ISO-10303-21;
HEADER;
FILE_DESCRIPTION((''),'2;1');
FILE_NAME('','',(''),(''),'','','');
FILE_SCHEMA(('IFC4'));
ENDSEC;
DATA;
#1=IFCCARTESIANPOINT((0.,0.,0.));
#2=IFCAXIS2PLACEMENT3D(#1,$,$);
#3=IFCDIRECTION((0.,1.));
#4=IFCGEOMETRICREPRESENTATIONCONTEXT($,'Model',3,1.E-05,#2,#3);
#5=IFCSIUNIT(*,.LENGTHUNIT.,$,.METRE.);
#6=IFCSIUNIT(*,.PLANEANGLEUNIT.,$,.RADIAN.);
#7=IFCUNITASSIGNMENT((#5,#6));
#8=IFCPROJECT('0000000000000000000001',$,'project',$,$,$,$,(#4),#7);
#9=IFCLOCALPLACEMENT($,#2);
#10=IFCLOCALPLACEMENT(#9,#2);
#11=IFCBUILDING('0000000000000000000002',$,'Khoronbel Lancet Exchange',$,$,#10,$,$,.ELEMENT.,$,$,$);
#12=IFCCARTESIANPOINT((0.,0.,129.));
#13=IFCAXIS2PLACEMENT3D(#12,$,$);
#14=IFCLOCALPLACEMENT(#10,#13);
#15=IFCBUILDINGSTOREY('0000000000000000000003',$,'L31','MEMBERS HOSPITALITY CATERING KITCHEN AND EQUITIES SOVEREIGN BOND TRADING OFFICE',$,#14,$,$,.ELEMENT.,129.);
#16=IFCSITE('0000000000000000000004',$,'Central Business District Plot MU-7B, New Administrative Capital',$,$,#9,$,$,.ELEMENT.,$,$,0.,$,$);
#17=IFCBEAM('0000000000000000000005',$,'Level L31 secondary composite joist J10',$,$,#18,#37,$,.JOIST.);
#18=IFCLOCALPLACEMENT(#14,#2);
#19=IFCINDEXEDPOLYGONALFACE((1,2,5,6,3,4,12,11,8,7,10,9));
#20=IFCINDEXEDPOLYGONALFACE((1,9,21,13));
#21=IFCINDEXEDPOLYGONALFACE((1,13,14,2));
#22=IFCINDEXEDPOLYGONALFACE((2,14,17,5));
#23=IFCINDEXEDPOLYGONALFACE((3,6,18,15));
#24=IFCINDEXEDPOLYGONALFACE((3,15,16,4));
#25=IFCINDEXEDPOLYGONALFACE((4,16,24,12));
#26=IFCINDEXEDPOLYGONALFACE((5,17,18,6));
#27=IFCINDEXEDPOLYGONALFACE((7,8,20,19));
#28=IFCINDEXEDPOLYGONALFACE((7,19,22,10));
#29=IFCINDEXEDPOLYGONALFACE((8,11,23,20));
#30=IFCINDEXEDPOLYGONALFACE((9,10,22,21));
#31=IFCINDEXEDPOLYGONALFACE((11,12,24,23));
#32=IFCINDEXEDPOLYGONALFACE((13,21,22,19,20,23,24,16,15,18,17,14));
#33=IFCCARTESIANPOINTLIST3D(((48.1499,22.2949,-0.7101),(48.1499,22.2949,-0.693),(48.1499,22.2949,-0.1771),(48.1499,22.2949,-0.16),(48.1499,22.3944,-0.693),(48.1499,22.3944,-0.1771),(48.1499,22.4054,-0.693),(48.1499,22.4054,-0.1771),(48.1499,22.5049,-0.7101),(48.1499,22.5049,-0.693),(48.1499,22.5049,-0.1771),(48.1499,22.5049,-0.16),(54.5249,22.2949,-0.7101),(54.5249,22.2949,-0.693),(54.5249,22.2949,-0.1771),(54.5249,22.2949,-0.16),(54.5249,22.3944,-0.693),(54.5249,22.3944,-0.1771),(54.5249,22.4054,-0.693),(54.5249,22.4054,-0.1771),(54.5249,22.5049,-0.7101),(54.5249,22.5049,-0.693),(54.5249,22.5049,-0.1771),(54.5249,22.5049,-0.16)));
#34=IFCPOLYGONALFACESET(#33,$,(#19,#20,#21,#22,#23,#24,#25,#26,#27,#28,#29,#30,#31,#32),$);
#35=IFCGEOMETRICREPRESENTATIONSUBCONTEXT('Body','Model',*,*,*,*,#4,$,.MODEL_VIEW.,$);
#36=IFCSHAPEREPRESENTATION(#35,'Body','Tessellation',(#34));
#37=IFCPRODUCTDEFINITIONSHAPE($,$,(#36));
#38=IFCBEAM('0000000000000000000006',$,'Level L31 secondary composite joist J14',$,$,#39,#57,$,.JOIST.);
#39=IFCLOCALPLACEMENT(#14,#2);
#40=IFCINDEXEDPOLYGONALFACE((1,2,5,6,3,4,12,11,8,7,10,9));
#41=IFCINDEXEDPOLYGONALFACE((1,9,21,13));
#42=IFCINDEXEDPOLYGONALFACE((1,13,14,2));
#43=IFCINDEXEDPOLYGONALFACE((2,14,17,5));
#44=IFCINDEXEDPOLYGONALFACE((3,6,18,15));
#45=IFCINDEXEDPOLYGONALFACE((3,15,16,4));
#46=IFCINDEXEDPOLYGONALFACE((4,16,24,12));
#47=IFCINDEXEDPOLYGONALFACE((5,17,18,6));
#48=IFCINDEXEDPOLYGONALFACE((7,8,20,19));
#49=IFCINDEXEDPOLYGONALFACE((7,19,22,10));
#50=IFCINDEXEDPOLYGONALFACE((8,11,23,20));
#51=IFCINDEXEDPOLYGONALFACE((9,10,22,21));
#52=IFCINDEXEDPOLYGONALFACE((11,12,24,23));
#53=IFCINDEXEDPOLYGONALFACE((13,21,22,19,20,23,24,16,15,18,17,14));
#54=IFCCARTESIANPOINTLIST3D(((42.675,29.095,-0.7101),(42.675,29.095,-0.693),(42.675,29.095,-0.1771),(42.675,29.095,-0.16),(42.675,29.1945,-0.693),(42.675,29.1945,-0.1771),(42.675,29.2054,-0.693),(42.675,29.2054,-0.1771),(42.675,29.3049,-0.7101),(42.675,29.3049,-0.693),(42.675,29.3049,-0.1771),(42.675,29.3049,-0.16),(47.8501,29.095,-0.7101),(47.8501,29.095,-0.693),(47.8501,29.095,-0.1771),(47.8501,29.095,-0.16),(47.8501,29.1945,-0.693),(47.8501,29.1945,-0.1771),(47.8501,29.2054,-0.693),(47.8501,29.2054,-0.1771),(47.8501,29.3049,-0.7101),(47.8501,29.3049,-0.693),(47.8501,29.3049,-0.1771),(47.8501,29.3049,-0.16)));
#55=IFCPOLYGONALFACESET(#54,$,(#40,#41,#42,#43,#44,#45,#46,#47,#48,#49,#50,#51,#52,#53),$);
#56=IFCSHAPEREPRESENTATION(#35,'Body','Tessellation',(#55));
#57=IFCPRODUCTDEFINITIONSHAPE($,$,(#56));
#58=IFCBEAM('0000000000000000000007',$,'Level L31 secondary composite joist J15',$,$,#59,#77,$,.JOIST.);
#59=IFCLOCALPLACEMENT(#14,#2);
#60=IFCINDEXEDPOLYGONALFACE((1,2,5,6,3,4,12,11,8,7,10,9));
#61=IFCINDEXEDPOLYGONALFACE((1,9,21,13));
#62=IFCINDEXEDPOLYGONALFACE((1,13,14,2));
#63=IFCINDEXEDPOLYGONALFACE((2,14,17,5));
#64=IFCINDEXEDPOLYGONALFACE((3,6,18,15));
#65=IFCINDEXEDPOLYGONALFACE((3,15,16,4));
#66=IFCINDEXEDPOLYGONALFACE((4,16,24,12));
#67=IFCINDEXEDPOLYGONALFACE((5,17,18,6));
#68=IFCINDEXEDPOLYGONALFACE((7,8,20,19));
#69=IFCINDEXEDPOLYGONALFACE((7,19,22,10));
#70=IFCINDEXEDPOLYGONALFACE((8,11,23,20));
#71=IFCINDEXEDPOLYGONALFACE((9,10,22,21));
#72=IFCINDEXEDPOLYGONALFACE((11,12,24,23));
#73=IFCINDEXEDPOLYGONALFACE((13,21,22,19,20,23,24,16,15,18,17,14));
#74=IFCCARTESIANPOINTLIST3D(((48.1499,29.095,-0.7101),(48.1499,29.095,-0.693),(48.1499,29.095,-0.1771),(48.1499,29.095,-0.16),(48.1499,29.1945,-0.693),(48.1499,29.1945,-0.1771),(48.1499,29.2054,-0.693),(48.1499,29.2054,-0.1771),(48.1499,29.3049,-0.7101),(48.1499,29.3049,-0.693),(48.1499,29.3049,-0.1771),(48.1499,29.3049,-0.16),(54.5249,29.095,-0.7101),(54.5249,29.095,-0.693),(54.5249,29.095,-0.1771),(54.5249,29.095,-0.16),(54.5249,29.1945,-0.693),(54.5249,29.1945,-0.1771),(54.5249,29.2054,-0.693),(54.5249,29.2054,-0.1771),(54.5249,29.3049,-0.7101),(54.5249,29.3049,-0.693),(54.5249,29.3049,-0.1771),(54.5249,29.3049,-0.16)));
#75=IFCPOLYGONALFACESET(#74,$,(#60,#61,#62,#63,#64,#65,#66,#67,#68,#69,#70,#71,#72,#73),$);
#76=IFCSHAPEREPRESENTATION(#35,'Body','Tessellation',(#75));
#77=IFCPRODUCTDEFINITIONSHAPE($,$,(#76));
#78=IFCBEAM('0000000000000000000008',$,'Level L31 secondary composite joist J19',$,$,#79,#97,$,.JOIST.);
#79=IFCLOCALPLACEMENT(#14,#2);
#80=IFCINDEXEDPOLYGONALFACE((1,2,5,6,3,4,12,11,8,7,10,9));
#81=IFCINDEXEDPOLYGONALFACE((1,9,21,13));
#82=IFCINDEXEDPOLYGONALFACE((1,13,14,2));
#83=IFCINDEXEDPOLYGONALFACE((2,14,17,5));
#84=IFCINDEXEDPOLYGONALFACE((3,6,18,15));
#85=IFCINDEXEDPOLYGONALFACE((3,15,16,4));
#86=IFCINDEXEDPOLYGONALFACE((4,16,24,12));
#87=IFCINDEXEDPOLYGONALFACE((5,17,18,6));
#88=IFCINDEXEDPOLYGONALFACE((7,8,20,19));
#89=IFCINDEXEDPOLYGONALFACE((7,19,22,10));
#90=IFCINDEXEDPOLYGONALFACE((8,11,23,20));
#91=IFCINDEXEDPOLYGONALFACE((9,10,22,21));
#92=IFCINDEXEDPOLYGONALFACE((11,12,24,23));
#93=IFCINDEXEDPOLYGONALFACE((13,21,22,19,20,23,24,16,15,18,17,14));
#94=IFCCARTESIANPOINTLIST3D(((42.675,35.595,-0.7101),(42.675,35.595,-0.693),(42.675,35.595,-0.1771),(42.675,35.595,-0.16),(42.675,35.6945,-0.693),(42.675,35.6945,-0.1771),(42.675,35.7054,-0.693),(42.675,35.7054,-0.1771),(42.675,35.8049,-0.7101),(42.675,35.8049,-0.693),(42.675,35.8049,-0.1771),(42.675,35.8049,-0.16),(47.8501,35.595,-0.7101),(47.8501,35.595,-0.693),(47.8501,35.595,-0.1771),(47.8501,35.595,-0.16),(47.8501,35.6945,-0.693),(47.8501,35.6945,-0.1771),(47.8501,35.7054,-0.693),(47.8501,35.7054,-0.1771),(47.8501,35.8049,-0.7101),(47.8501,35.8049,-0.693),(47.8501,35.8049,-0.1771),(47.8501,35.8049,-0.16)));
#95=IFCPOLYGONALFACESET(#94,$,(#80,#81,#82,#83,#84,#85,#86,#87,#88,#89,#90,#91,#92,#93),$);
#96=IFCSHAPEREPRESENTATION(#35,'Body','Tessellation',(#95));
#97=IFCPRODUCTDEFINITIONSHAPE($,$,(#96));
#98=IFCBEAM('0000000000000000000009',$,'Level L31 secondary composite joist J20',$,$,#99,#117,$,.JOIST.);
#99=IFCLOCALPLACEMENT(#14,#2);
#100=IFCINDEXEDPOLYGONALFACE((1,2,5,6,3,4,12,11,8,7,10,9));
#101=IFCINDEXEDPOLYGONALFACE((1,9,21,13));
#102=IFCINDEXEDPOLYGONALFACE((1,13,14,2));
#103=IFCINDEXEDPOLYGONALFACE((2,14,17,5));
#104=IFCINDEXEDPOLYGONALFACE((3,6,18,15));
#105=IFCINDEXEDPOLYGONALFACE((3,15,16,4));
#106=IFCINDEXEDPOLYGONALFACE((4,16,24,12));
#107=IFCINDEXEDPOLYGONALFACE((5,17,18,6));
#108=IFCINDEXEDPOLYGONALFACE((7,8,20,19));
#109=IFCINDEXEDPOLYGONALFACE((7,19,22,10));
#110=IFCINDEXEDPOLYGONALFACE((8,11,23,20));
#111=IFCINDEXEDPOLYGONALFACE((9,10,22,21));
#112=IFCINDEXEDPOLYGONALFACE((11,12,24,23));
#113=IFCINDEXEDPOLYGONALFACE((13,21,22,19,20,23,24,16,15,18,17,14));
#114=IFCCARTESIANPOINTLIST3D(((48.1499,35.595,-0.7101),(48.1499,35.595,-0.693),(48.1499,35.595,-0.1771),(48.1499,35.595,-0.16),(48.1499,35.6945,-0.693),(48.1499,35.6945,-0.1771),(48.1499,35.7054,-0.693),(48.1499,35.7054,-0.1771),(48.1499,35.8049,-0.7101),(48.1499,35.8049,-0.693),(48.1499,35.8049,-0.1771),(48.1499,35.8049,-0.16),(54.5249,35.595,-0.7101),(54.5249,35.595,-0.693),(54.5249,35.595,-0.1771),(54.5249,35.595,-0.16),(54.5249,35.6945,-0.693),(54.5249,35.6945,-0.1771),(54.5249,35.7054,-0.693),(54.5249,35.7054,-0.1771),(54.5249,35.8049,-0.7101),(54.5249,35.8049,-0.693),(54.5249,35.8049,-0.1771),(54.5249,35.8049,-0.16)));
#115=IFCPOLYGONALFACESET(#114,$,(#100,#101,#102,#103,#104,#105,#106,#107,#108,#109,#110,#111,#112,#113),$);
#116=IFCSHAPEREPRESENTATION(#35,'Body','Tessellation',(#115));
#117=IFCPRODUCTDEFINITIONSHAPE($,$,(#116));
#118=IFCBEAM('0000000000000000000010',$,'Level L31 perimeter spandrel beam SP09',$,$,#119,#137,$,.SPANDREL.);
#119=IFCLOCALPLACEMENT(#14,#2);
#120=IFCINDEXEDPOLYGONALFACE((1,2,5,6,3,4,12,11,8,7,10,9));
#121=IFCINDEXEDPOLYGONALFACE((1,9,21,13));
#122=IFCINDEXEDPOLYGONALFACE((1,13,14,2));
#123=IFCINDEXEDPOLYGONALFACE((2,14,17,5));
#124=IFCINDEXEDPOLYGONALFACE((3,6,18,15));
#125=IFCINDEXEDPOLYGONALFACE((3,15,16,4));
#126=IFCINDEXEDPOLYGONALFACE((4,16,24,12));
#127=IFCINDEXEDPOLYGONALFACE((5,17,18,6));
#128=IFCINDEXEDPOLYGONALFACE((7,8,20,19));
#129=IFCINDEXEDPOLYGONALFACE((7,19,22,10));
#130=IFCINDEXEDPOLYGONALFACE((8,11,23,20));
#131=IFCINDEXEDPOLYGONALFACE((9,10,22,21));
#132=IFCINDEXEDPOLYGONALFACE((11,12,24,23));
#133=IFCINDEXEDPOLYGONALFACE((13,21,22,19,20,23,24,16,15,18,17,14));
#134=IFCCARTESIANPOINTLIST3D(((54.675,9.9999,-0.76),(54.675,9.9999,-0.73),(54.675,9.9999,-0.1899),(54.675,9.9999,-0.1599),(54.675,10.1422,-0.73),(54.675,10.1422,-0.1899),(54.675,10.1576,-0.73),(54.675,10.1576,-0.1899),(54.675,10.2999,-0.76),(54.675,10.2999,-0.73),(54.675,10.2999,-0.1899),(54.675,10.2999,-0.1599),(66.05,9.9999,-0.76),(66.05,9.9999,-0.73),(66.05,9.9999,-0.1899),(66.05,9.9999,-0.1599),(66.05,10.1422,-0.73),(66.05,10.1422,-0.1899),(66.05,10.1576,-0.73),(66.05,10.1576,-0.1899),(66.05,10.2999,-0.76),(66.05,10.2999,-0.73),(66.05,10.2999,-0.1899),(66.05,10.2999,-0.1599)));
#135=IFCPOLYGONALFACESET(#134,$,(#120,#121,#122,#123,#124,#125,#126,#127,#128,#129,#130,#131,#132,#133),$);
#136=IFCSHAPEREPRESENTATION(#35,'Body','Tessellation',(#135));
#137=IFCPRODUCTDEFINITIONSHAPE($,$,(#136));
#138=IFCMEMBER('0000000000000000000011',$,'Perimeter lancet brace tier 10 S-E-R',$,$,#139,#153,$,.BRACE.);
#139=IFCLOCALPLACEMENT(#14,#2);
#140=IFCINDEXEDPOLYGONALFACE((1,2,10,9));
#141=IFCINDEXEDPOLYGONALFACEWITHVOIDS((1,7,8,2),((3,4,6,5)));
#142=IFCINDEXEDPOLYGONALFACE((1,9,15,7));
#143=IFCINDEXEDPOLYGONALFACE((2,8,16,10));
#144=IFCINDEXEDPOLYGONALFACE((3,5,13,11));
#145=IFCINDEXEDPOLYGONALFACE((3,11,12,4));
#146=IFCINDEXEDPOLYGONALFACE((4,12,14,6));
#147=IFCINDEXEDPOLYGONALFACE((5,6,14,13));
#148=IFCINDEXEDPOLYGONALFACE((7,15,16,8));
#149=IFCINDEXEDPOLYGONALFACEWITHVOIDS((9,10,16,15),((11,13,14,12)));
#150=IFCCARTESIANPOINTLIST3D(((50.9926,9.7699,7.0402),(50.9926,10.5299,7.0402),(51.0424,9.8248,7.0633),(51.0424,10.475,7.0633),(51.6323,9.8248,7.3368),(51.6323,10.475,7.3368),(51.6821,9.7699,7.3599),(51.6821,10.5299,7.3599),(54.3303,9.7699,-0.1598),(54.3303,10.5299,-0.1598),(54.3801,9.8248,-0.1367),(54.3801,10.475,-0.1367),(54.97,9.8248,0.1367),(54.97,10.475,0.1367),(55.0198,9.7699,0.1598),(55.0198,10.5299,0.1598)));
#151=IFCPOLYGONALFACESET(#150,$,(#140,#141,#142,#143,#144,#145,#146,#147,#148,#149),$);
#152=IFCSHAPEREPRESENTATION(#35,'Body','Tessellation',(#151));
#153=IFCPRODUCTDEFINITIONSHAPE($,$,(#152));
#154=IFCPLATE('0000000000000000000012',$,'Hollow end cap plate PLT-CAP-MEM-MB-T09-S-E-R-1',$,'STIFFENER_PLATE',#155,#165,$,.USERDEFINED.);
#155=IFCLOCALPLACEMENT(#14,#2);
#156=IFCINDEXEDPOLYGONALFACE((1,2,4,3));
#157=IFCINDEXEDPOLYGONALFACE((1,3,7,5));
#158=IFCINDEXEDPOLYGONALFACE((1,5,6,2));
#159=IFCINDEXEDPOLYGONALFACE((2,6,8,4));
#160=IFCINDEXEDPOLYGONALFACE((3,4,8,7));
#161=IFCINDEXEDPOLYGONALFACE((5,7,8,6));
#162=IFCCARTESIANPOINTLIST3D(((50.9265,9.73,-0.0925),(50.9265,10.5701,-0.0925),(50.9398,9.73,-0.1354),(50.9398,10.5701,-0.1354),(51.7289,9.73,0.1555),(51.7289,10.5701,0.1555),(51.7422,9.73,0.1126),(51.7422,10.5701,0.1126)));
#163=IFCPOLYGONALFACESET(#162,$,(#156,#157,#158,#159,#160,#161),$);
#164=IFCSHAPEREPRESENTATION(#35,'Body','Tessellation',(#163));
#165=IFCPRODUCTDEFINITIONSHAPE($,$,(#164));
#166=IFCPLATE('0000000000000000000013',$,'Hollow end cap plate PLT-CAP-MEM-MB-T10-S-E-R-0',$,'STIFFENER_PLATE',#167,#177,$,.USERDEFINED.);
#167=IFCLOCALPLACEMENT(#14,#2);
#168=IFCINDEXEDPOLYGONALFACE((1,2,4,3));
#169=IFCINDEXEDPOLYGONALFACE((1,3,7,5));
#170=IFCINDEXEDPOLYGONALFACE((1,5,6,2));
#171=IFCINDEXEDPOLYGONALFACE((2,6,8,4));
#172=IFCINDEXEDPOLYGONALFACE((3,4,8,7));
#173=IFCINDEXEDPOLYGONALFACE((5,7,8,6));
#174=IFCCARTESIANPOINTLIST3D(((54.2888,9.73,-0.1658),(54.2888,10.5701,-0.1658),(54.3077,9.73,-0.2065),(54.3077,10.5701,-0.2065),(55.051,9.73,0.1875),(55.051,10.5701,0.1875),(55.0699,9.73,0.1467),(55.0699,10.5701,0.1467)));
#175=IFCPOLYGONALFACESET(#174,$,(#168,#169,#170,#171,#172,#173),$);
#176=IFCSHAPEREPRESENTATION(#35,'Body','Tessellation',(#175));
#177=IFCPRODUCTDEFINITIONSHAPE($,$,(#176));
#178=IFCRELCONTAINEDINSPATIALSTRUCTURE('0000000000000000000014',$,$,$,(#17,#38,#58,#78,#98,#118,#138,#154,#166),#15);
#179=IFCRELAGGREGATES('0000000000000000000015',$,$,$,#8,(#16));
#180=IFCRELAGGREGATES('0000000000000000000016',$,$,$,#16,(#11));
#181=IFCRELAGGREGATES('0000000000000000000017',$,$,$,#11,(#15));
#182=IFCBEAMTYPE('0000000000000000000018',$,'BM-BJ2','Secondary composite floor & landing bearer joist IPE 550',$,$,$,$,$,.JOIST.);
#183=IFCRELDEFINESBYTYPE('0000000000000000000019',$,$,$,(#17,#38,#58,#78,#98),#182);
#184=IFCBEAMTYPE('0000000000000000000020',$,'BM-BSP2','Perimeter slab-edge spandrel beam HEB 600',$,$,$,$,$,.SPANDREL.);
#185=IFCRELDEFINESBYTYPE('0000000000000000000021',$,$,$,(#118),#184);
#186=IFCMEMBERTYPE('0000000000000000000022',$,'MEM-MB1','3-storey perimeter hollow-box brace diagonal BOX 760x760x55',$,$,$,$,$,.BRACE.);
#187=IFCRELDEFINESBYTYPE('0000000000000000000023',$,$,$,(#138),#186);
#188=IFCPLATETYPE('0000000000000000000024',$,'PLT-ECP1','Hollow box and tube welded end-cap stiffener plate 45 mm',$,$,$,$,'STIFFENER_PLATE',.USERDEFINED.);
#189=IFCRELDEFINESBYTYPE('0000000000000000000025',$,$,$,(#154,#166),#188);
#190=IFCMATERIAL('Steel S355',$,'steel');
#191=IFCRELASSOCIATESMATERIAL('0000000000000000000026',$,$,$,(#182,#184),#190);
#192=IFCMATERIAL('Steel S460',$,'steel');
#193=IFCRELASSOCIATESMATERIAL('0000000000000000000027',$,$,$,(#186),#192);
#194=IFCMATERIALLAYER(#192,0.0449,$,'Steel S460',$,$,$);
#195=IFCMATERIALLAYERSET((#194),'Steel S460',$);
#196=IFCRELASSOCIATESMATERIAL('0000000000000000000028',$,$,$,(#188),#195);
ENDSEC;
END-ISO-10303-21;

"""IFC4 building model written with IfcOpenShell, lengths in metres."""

from ifc_helpers import new_model, si_unit, direction, frame, origin, origin_2d, place, context, subcontext, project, spatial, polyline, hollow_rectangle, i_section, outline, extrude, material, layer, layer_set, material_profile, profile_set, type_object, element, save


model = new_model("IFC4")

# Units and contexts
model_context = context("Model", 3, precision=1e-05, world=origin(), true_north=direction((0.0, 1.0)))
body_context = subcontext(model_context, "Body", "Model", "MODEL_VIEW")
ifc_project = project(units=[si_unit("LENGTHUNIT", "METRE"), si_unit("PLANEANGLEUNIT", "RADIAN")], contexts=[model_context])

# Site, building, storey
site_placement = place(None, origin())
site = spatial("IfcSite", under=ifc_project, at=site_placement, Name="Central Business District Plot MU-7B, New Administrative Capital", CompositionType="ELEMENT", RefElevation=0.0)
building_placement = place(site_placement, origin())
building = spatial("IfcBuilding", under=site, at=building_placement, Name="Khoronbel Lancet Exchange", CompositionType="ELEMENT")
storey_placement = place(building_placement, frame((0.0, 0.0, 129.0)))
storey = spatial("IfcBuildingStorey", under=building, at=storey_placement, Name="L31", Description="MEMBERS HOSPITALITY CATERING KITCHEN AND EQUITIES SOVEREIGN BOND TRADING OFFICE", CompositionType="ELEMENT", Elevation=129.0)

# Shared definitions
ifc_material_1 = material(Name="Steel S460", Category="steel")

# Beams
ifc_material_2 = material(Name="Steel S355", Category="steel")
ifc_material_profile_1 = material_profile(ifc_material_2, i_section(OverallWidth=0.21, OverallDepth=0.55, WebThickness=0.011, FlangeThickness=0.0171, at=origin_2d()), Name="IPE 550")
ifc_profile_set_1 = profile_set([ifc_material_profile_1], Name="Steel S355")
beam_type_1 = type_object("IfcBeamType", Name="BM-BJ2", Description="Secondary composite floor & landing bearer joist IPE 550", PredefinedType="JOIST", material=ifc_profile_set_1)
beam_1_placement = place(storey_placement, frame((48.1499, 22.3999, -0.4351), z_axis=(1.0, 0.0, 0.0), x_axis=(0.0, 1.0, 0.0)))
element("IfcBeam", 1, at=beam_1_placement, inside=storey, type_object=beam_type_1, Name="Level L31 secondary composite joist J10", PredefinedType="JOIST", context=body_context, shape_type="SweptSolid", body=[
    extrude(i_section(OverallWidth=0.21, OverallDepth=0.55, WebThickness=0.011, FlangeThickness=0.0171, at=origin_2d()), origin(), (0.0, 0.0, 1.0), 6.375),
])
beam_2_placement = place(storey_placement, frame((42.675, 29.2, -0.4351), z_axis=(1.0, 0.0, 0.0), x_axis=(0.0, 1.0, 0.0)))
element("IfcBeam", 2, at=beam_2_placement, inside=storey, type_object=beam_type_1, Name="Level L31 secondary composite joist J14", PredefinedType="JOIST", context=body_context, shape_type="SweptSolid", body=[
    extrude(i_section(OverallWidth=0.21, OverallDepth=0.55, WebThickness=0.011, FlangeThickness=0.0171, at=origin_2d()), origin(), (0.0, 0.0, 1.0), 5.175),
])
beam_3_placement = place(storey_placement, frame((48.1499, 29.2, -0.4351), z_axis=(1.0, 0.0, 0.0), x_axis=(0.0, 1.0, 0.0)))
element("IfcBeam", 3, at=beam_3_placement, inside=storey, type_object=beam_type_1, Name="Level L31 secondary composite joist J15", PredefinedType="JOIST", context=body_context, shape_type="SweptSolid", body=[
    extrude(i_section(OverallWidth=0.21, OverallDepth=0.55, WebThickness=0.011, FlangeThickness=0.0171, at=origin_2d()), origin(), (0.0, 0.0, 1.0), 6.375),
])
beam_4_placement = place(storey_placement, frame((42.675, 35.7, -0.4351), z_axis=(1.0, 0.0, 0.0), x_axis=(0.0, 1.0, 0.0)))
element("IfcBeam", 4, at=beam_4_placement, inside=storey, type_object=beam_type_1, Name="Level L31 secondary composite joist J19", PredefinedType="JOIST", context=body_context, shape_type="SweptSolid", body=[
    extrude(i_section(OverallWidth=0.21, OverallDepth=0.55, WebThickness=0.011, FlangeThickness=0.0171, at=origin_2d()), origin(), (0.0, 0.0, 1.0), 5.175),
])
beam_5_placement = place(storey_placement, frame((48.1499, 35.7, -0.4351), z_axis=(1.0, 0.0, 0.0), x_axis=(0.0, 1.0, 0.0)))
element("IfcBeam", 5, at=beam_5_placement, inside=storey, type_object=beam_type_1, Name="Level L31 secondary composite joist J20", PredefinedType="JOIST", context=body_context, shape_type="SweptSolid", body=[
    extrude(i_section(OverallWidth=0.21, OverallDepth=0.55, WebThickness=0.011, FlangeThickness=0.0171, at=origin_2d()), origin(), (0.0, 0.0, 1.0), 6.375),
])
ifc_material_profile_2 = material_profile(ifc_material_2, i_section(OverallWidth=0.3, OverallDepth=0.6001, WebThickness=0.0154, FlangeThickness=0.03, at=origin_2d()), Name="HEB 600")
ifc_profile_set_2 = profile_set([ifc_material_profile_2], Name="Steel S355")
beam_type_2 = type_object("IfcBeamType", Name="BM-BSP2", Description="Perimeter slab-edge spandrel beam HEB 600", PredefinedType="SPANDREL", material=ifc_profile_set_2)
beam_6_placement = place(storey_placement, frame((54.675, 10.1499, -0.46), z_axis=(1.0, 0.0, 0.0), x_axis=(0.0, 1.0, 0.0)))
element("IfcBeam", 6, at=beam_6_placement, inside=storey, type_object=beam_type_2, Name="Level L31 perimeter spandrel beam SP09", PredefinedType="SPANDREL", context=body_context, shape_type="SweptSolid", body=[
    extrude(i_section(OverallWidth=0.3, OverallDepth=0.6001, WebThickness=0.0154, FlangeThickness=0.03, at=origin_2d()), origin(), (0.0, 0.0, 1.0), 11.375),
])

# Member
ifc_material_profile_3 = material_profile(ifc_material_1, hollow_rectangle(XDim=0.76, YDim=0.76, WallThickness=0.0549, at=origin_2d()), Name="BOX 760x760x55")
ifc_profile_set_3 = profile_set([ifc_material_profile_3], Name="Steel S460")
member_type = type_object("IfcMemberType", Name="MEM-MB1", Description="3-storey perimeter hollow-box brace diagonal BOX 760x760x55", PredefinedType="BRACE", material=ifc_profile_set_3)
member_placement = place(storey_placement, frame((54.675, 10.1499, 0.0), z_axis=(-0.420573, 0.0, 0.907259), x_axis=(0.0, -1.0, 0.0)))
element("IfcMember", 7, at=member_placement, inside=storey, type_object=member_type, Name="Perimeter lancet brace tier 10 S-E-R", PredefinedType="BRACE", context=body_context, shape_type="SweptSolid", body=[
    extrude(hollow_rectangle(XDim=0.76, YDim=0.76, WallThickness=0.0549, at=origin_2d()), origin(), (0.0, 0.0, 1.0), 7.936),
])

# Plates
ifc_layer_1 = layer(ifc_material_1, 0.0449, Name="Steel S460")
ifc_layer_set_1 = layer_set([ifc_layer_1], Name="Steel S460")
plate_type = type_object("IfcPlateType", Name="PLT-ECP1", Description="Hollow box and tube welded end-cap stiffener plate 45 mm", ElementType="STIFFENER_PLATE", PredefinedType="USERDEFINED", material=ifc_layer_set_1)
plate_1_placement = place(storey_placement, frame((50.9265, 10.5701, -0.0925), z_axis=(-0.295311, 0.0, 0.955401), x_axis=(0.0, -1.0, 0.0)))
element("IfcPlate", 8, at=plate_1_placement, inside=storey, type_object=plate_type, Name="Hollow end cap plate PLT-CAP-MEM-MB-T09-S-E-R-1", ObjectType="STIFFENER_PLATE", PredefinedType="USERDEFINED", context=body_context, shape_type="SweptSolid", body=[
    extrude(outline(polyline([(0.0, 0.0), (0.8401, 0.0), (0.8401, 0.8398), (0.0, 0.8398), (0.0, 0.0)])), origin(), (0.0, 0.0, -1.0), 0.0449),
])
plate_2_placement = place(storey_placement, frame((54.2888, 10.5701, -0.1658), z_axis=(-0.420514, 0.0, 0.907286), x_axis=(0.0, -1.0, 0.0)))
element("IfcPlate", 9, at=plate_2_placement, inside=storey, type_object=plate_type, Name="Hollow end cap plate PLT-CAP-MEM-MB-T10-S-E-R-0", ObjectType="STIFFENER_PLATE", PredefinedType="USERDEFINED", context=body_context, shape_type="SweptSolid", body=[
    extrude(outline(polyline([(0.0, 0.0), (0.8401, 0.0), (0.8401, 0.8401), (0.0, 0.8401), (0.0, 0.0)])), origin(), (0.0, 0.0, -1.0), 0.0449),
])

save(model, "model.ifc")
